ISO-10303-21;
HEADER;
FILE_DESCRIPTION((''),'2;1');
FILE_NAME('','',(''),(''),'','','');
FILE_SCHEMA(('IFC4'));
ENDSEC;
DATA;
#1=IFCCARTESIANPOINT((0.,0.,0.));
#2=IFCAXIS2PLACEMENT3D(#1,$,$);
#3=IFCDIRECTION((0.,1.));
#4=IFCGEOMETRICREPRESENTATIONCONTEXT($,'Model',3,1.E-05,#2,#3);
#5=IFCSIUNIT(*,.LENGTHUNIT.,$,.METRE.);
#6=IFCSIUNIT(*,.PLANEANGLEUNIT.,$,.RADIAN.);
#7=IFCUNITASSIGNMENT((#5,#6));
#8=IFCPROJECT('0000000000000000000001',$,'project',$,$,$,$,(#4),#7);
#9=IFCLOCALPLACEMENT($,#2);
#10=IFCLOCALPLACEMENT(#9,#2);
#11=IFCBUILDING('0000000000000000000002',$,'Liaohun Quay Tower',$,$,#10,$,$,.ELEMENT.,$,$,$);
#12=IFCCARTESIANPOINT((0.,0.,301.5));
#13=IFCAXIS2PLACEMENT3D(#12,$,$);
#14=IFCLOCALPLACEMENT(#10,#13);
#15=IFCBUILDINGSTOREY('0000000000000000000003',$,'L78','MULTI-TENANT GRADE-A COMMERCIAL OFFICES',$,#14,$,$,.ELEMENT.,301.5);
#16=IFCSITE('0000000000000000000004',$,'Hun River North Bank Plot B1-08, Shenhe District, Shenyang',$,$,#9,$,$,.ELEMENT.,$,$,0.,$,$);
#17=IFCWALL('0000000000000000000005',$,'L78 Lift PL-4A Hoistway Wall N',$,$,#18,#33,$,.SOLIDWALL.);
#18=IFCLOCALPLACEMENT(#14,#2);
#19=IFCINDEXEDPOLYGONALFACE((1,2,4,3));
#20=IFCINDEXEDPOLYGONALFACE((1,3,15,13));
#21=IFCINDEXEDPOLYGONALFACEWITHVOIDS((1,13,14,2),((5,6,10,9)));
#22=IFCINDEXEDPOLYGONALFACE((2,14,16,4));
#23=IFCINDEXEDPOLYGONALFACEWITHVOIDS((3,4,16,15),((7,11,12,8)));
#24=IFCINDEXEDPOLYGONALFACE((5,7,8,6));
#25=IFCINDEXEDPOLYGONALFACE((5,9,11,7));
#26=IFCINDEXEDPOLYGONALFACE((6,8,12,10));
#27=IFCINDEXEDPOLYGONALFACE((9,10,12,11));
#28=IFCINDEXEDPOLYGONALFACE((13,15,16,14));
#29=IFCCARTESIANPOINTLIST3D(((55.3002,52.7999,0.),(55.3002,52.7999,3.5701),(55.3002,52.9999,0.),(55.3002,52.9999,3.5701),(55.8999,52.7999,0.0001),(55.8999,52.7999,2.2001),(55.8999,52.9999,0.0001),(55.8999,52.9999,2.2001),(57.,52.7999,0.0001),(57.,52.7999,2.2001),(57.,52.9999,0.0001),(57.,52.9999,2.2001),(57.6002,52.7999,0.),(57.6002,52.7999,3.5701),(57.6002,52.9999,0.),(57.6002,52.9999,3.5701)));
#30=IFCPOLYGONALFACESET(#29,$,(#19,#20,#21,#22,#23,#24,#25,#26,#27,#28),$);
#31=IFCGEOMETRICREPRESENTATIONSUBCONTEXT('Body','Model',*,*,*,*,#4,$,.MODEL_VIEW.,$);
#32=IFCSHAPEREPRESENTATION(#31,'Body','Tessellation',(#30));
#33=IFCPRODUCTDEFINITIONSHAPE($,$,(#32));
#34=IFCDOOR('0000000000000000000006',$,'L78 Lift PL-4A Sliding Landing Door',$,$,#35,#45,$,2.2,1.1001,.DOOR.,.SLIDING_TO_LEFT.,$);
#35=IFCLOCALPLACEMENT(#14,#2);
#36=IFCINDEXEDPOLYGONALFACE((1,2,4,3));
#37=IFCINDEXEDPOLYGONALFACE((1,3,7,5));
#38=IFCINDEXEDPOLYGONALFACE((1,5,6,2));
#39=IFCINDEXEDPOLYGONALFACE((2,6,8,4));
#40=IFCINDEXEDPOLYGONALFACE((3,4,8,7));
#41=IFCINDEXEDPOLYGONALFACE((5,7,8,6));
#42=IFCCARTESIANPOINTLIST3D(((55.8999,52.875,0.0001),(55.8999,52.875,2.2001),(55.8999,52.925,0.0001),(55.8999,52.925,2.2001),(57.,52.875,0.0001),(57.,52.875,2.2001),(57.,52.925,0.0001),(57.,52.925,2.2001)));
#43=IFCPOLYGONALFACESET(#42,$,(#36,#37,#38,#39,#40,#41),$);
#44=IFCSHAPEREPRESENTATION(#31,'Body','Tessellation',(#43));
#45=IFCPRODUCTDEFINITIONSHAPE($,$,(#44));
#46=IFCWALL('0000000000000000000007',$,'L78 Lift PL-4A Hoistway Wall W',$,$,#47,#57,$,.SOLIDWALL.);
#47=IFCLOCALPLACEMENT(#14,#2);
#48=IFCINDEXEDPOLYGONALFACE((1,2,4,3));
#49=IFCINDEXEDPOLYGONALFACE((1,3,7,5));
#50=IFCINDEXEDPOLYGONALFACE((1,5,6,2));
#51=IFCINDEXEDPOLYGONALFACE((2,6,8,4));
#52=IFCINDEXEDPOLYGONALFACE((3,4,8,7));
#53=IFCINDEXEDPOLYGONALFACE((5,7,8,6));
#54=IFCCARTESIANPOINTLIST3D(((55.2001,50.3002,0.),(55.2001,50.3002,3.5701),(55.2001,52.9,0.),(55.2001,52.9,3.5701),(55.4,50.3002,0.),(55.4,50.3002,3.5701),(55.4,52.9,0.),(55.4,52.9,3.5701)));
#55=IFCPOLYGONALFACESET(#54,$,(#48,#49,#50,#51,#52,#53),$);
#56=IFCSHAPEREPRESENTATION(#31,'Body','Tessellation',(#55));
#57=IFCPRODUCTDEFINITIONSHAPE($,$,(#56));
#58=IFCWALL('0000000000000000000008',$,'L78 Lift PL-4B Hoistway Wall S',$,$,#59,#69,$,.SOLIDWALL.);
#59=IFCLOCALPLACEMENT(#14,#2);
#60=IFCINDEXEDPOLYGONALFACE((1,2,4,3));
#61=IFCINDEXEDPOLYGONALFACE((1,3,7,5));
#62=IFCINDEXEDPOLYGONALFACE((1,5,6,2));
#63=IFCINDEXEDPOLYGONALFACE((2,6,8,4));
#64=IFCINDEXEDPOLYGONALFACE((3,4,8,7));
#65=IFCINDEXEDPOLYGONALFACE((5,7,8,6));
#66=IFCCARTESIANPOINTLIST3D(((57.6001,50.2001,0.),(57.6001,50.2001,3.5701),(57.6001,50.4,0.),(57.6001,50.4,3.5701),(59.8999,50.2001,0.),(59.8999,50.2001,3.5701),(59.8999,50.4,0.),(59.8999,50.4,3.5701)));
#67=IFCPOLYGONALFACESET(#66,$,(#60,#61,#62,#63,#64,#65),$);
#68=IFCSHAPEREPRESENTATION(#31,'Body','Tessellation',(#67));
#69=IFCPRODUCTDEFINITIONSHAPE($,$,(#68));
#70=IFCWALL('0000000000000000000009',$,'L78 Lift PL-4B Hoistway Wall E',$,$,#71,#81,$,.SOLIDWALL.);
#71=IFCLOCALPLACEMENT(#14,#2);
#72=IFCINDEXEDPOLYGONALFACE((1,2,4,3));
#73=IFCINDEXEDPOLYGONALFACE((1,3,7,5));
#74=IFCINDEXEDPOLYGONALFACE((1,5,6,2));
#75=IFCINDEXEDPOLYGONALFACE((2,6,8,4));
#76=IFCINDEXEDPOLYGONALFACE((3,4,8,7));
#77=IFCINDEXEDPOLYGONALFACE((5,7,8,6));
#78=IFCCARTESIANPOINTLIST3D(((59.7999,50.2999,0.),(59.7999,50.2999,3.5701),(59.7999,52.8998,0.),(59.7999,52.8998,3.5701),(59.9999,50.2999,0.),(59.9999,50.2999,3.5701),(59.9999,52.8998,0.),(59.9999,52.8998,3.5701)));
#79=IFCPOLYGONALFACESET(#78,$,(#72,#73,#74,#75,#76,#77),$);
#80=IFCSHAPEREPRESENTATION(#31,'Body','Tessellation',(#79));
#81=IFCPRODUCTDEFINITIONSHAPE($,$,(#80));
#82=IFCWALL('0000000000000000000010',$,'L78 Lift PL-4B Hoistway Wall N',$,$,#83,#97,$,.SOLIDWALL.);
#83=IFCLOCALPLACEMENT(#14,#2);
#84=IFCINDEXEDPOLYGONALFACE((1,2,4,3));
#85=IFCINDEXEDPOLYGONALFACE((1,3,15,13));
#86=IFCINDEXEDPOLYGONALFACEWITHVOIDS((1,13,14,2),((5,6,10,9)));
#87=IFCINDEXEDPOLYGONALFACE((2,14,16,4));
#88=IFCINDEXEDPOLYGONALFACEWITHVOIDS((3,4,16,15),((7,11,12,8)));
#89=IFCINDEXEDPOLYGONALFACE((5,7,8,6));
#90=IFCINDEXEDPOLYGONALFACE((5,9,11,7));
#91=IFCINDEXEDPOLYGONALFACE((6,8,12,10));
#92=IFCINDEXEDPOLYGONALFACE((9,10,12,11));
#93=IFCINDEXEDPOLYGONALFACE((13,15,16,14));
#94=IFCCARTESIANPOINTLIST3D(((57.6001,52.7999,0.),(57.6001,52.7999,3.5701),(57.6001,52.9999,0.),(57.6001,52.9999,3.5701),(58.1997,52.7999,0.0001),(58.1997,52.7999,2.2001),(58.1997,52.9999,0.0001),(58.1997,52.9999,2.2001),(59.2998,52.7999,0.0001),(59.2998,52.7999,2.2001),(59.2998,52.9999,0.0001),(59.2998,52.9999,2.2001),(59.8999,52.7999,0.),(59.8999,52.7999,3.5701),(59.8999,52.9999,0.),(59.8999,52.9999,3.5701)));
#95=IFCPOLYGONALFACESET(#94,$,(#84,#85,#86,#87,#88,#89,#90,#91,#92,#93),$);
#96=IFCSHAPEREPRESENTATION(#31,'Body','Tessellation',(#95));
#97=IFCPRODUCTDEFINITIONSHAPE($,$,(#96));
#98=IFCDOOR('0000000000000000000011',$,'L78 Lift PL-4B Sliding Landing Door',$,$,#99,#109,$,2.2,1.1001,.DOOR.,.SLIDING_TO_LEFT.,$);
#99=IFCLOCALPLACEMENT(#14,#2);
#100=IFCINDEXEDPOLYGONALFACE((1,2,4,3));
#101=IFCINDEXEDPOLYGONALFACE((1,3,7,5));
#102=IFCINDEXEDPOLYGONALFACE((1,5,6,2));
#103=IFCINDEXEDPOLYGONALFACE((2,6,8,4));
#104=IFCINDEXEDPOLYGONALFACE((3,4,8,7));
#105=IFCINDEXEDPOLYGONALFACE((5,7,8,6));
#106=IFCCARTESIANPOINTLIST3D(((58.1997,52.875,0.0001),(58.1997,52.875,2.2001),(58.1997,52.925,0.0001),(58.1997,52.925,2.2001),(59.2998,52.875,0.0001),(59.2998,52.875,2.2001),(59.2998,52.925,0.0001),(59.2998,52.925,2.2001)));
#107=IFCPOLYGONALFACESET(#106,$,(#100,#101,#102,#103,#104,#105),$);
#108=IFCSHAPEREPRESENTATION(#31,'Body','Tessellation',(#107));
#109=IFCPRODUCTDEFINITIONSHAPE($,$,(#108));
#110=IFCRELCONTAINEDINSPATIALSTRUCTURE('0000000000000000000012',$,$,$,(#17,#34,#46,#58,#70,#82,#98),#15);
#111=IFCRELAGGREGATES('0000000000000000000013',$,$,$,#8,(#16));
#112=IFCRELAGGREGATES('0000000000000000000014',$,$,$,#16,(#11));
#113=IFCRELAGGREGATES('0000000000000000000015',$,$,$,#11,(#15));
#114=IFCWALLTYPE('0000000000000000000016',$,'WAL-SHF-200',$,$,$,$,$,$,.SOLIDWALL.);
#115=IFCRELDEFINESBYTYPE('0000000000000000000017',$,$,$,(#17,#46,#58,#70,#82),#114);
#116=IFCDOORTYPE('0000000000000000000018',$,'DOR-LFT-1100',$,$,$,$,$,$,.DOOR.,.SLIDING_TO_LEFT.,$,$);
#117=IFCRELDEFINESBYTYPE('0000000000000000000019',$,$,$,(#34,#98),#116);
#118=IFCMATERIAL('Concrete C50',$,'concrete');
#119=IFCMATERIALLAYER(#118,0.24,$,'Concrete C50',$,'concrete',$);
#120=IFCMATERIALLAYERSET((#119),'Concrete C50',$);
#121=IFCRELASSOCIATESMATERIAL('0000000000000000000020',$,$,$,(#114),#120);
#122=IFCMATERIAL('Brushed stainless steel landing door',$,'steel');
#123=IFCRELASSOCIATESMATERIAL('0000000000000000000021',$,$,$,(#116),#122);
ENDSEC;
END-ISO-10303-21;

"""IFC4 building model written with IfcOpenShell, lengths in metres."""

from ifc_helpers import new_model, si_unit, direction, frame, frame_2d, origin, place, context, subcontext, project, spatial, rectangle, extrude, source, transform, mapped, material, layer, layer_set, type_object, element, fill, save


model = new_model("IFC4")

# Units and contexts
model_context = context("Model", 3, precision=1e-05, world=origin(), true_north=direction((0.0, 1.0)))
body_context = subcontext(model_context, "Body", "Model", "MODEL_VIEW")
ifc_project = project(units=[si_unit("LENGTHUNIT", "METRE"), si_unit("PLANEANGLEUNIT", "RADIAN")], contexts=[model_context])

# Site, building, storey
site_placement = place(None, origin())
site = spatial("IfcSite", under=ifc_project, at=site_placement, Name="Hun River North Bank Plot B1-08, Shenhe District, Shenyang", CompositionType="ELEMENT", RefElevation=0.0)
building_placement = place(site_placement, origin())
building = spatial("IfcBuilding", under=site, at=building_placement, Name="Liaohun Quay Tower", CompositionType="ELEMENT")
storey_placement = place(building_placement, frame((0.0, 0.0, 301.5)))
storey = spatial("IfcBuildingStorey", under=building, at=storey_placement, Name="L78", Description="MULTI-TENANT GRADE-A COMMERCIAL OFFICES", CompositionType="ELEMENT", Elevation=301.5)

# Shared definitions
ifc_material_1 = material(Name="Concrete C50", Category="concrete")

# Shared definitions
ifc_layer_1 = layer(ifc_material_1, 0.24, Name="Concrete C50", Category="concrete")
ifc_layer_set_1 = layer_set([ifc_layer_1], Name="Concrete C50")
wall_type_1 = type_object("IfcWallType", Name="WAL-SHF-200", PredefinedType="SOLIDWALL", material=ifc_layer_set_1)

# Wall, opening, door
wall_1_placement = place(storey_placement, frame((57.6001, 52.8999, 0.0), z_axis=(0.0, 0.0, 1.0), x_axis=(-1.0, 0.0, 0.0)))
wall_1 = element("IfcWall", 1, at=wall_1_placement, inside=storey, type_object=wall_type_1, Name="L78 Lift PL-4A Hoistway Wall N", PredefinedType="SOLIDWALL", context=body_context, shape_type="SweptSolid", body=[
    extrude(rectangle(XDim=2.3, YDim=0.2, at=frame_2d((1.1499, 0.0))), origin(), (0.0, 0.0, 1.0), 3.5701),
])
shared_shape_1 = source(origin(), body_context, "Body", "SweptSolid", [
    extrude(rectangle(XDim=1.1001, YDim=2.2, at=frame_2d((0.55, 1.1001))), frame((0.0, 0.1099, 0.0), z_axis=(0.0, -1.0, 0.0), x_axis=(1.0, 0.0, 0.0)), (0.0, 0.0, 1.0), 0.22),
])
opening_1_placement = place(wall_1_placement, frame((0.6001, 0.0, 0.0)))
opening_1 = element("IfcOpeningElement", 2, at=opening_1_placement, cuts=wall_1, PredefinedType="OPENING", context=body_context, shape_type="MappedRepresentation", body=[
    mapped(shared_shape_1, transform((0.0, 0.0, 0.0), x_axis=(1.0, 0.0, 0.0), y_axis=(0.0, 1.0, 0.0), z_axis=(0.0, 0.0, 1.0), scale=1.0)),
])
ifc_material_2 = material(Name="Brushed stainless steel landing door", Category="steel")
door_type_1 = type_object("IfcDoorType", Name="DOR-LFT-1100", OperationType="SLIDING_TO_LEFT", PredefinedType="DOOR", material=ifc_material_2)
shared_shape_2 = source(origin(), body_context, "Body", "SweptSolid", [
    extrude(rectangle(XDim=1.1001, YDim=2.2, at=frame_2d((0.55, 1.1001))), frame((0.0, 0.0249, 0.0), z_axis=(0.0, -1.0, 0.0), x_axis=(1.0, 0.0, 0.0)), (0.0, 0.0, 1.0), 0.05),
])
door_1_placement = place(opening_1_placement, origin())
door_1 = element("IfcDoor", 3, at=door_1_placement, inside=storey, type_object=door_type_1, Name="L78 Lift PL-4A Sliding Landing Door", OperationType="SLIDING_TO_LEFT", OverallHeight=2.2, OverallWidth=1.1001, PredefinedType="DOOR", context=body_context, shape_type="MappedRepresentation", body=[
    mapped(shared_shape_2, transform((0.0, 0.0, 0.0), x_axis=(1.0, 0.0, 0.0), y_axis=(0.0, 1.0, 0.0), z_axis=(0.0, 0.0, 1.0), scale=1.0)),
])
fill(opening_1, door_1)

# Walls
wall_2_placement = place(storey_placement, frame((55.3, 52.8999, 0.0), z_axis=(0.0, 0.0, 1.0), x_axis=(0.0, -1.0, 0.0)))
element("IfcWall", 4, at=wall_2_placement, inside=storey, type_object=wall_type_1, Name="L78 Lift PL-4A Hoistway Wall W", PredefinedType="SOLIDWALL", context=body_context, shape_type="SweptSolid", body=[
    extrude(rectangle(XDim=2.5999, YDim=0.2, at=frame_2d((1.2998, 0.0))), origin(), (0.0, 0.0, 1.0), 3.5701),
])
wall_3_placement = place(storey_placement, frame((57.6001, 50.3, 0.0), z_axis=(0.0, 0.0, 1.0), x_axis=(1.0, 0.0, 0.0)))
element("IfcWall", 5, at=wall_3_placement, inside=storey, type_object=wall_type_1, Name="L78 Lift PL-4B Hoistway Wall S", PredefinedType="SOLIDWALL", context=body_context, shape_type="SweptSolid", body=[
    extrude(rectangle(XDim=2.2998, YDim=0.2, at=frame_2d((1.1499, 0.0))), origin(), (0.0, 0.0, 1.0), 3.5701),
])
wall_4_placement = place(storey_placement, frame((59.8999, 50.3, 0.0), z_axis=(0.0, 0.0, 1.0), x_axis=(0.0, 1.0, 0.0)))
element("IfcWall", 6, at=wall_4_placement, inside=storey, type_object=wall_type_1, Name="L78 Lift PL-4B Hoistway Wall E", PredefinedType="SOLIDWALL", context=body_context, shape_type="SweptSolid", body=[
    extrude(rectangle(XDim=2.5999, YDim=0.2, at=frame_2d((1.2998, 0.0))), origin(), (0.0, 0.0, 1.0), 3.5701),
])

# Wall, opening, door
wall_5_placement = place(storey_placement, frame((59.8999, 52.8999, 0.0), z_axis=(0.0, 0.0, 1.0), x_axis=(-1.0, 0.0, 0.0)))
wall_5 = element("IfcWall", 7, at=wall_5_placement, inside=storey, type_object=wall_type_1, Name="L78 Lift PL-4B Hoistway Wall N", PredefinedType="SOLIDWALL", context=body_context, shape_type="SweptSolid", body=[
    extrude(rectangle(XDim=2.2998, YDim=0.2, at=frame_2d((1.1499, 0.0))), origin(), (0.0, 0.0, 1.0), 3.5701),
])
opening_2_placement = place(wall_5_placement, frame((0.6001, 0.0, 0.0)))
opening_2 = element("IfcOpeningElement", 8, at=opening_2_placement, cuts=wall_5, PredefinedType="OPENING", context=body_context, shape_type="MappedRepresentation", body=[
    mapped(shared_shape_1, transform((0.0, 0.0, 0.0), x_axis=(1.0, 0.0, 0.0), y_axis=(0.0, 1.0, 0.0), z_axis=(0.0, 0.0, 1.0), scale=1.0)),
])
door_2_placement = place(opening_2_placement, origin())
door_2 = element("IfcDoor", 9, at=door_2_placement, inside=storey, type_object=door_type_1, Name="L78 Lift PL-4B Sliding Landing Door", OperationType="SLIDING_TO_LEFT", OverallHeight=2.2, OverallWidth=1.1001, PredefinedType="DOOR", context=body_context, shape_type="MappedRepresentation", body=[
    mapped(shared_shape_2, transform((0.0, 0.0, 0.0), x_axis=(1.0, 0.0, 0.0), y_axis=(0.0, 1.0, 0.0), z_axis=(0.0, 0.0, 1.0), scale=1.0)),
])
fill(opening_2, door_2)

save(model, "model.ifc")
